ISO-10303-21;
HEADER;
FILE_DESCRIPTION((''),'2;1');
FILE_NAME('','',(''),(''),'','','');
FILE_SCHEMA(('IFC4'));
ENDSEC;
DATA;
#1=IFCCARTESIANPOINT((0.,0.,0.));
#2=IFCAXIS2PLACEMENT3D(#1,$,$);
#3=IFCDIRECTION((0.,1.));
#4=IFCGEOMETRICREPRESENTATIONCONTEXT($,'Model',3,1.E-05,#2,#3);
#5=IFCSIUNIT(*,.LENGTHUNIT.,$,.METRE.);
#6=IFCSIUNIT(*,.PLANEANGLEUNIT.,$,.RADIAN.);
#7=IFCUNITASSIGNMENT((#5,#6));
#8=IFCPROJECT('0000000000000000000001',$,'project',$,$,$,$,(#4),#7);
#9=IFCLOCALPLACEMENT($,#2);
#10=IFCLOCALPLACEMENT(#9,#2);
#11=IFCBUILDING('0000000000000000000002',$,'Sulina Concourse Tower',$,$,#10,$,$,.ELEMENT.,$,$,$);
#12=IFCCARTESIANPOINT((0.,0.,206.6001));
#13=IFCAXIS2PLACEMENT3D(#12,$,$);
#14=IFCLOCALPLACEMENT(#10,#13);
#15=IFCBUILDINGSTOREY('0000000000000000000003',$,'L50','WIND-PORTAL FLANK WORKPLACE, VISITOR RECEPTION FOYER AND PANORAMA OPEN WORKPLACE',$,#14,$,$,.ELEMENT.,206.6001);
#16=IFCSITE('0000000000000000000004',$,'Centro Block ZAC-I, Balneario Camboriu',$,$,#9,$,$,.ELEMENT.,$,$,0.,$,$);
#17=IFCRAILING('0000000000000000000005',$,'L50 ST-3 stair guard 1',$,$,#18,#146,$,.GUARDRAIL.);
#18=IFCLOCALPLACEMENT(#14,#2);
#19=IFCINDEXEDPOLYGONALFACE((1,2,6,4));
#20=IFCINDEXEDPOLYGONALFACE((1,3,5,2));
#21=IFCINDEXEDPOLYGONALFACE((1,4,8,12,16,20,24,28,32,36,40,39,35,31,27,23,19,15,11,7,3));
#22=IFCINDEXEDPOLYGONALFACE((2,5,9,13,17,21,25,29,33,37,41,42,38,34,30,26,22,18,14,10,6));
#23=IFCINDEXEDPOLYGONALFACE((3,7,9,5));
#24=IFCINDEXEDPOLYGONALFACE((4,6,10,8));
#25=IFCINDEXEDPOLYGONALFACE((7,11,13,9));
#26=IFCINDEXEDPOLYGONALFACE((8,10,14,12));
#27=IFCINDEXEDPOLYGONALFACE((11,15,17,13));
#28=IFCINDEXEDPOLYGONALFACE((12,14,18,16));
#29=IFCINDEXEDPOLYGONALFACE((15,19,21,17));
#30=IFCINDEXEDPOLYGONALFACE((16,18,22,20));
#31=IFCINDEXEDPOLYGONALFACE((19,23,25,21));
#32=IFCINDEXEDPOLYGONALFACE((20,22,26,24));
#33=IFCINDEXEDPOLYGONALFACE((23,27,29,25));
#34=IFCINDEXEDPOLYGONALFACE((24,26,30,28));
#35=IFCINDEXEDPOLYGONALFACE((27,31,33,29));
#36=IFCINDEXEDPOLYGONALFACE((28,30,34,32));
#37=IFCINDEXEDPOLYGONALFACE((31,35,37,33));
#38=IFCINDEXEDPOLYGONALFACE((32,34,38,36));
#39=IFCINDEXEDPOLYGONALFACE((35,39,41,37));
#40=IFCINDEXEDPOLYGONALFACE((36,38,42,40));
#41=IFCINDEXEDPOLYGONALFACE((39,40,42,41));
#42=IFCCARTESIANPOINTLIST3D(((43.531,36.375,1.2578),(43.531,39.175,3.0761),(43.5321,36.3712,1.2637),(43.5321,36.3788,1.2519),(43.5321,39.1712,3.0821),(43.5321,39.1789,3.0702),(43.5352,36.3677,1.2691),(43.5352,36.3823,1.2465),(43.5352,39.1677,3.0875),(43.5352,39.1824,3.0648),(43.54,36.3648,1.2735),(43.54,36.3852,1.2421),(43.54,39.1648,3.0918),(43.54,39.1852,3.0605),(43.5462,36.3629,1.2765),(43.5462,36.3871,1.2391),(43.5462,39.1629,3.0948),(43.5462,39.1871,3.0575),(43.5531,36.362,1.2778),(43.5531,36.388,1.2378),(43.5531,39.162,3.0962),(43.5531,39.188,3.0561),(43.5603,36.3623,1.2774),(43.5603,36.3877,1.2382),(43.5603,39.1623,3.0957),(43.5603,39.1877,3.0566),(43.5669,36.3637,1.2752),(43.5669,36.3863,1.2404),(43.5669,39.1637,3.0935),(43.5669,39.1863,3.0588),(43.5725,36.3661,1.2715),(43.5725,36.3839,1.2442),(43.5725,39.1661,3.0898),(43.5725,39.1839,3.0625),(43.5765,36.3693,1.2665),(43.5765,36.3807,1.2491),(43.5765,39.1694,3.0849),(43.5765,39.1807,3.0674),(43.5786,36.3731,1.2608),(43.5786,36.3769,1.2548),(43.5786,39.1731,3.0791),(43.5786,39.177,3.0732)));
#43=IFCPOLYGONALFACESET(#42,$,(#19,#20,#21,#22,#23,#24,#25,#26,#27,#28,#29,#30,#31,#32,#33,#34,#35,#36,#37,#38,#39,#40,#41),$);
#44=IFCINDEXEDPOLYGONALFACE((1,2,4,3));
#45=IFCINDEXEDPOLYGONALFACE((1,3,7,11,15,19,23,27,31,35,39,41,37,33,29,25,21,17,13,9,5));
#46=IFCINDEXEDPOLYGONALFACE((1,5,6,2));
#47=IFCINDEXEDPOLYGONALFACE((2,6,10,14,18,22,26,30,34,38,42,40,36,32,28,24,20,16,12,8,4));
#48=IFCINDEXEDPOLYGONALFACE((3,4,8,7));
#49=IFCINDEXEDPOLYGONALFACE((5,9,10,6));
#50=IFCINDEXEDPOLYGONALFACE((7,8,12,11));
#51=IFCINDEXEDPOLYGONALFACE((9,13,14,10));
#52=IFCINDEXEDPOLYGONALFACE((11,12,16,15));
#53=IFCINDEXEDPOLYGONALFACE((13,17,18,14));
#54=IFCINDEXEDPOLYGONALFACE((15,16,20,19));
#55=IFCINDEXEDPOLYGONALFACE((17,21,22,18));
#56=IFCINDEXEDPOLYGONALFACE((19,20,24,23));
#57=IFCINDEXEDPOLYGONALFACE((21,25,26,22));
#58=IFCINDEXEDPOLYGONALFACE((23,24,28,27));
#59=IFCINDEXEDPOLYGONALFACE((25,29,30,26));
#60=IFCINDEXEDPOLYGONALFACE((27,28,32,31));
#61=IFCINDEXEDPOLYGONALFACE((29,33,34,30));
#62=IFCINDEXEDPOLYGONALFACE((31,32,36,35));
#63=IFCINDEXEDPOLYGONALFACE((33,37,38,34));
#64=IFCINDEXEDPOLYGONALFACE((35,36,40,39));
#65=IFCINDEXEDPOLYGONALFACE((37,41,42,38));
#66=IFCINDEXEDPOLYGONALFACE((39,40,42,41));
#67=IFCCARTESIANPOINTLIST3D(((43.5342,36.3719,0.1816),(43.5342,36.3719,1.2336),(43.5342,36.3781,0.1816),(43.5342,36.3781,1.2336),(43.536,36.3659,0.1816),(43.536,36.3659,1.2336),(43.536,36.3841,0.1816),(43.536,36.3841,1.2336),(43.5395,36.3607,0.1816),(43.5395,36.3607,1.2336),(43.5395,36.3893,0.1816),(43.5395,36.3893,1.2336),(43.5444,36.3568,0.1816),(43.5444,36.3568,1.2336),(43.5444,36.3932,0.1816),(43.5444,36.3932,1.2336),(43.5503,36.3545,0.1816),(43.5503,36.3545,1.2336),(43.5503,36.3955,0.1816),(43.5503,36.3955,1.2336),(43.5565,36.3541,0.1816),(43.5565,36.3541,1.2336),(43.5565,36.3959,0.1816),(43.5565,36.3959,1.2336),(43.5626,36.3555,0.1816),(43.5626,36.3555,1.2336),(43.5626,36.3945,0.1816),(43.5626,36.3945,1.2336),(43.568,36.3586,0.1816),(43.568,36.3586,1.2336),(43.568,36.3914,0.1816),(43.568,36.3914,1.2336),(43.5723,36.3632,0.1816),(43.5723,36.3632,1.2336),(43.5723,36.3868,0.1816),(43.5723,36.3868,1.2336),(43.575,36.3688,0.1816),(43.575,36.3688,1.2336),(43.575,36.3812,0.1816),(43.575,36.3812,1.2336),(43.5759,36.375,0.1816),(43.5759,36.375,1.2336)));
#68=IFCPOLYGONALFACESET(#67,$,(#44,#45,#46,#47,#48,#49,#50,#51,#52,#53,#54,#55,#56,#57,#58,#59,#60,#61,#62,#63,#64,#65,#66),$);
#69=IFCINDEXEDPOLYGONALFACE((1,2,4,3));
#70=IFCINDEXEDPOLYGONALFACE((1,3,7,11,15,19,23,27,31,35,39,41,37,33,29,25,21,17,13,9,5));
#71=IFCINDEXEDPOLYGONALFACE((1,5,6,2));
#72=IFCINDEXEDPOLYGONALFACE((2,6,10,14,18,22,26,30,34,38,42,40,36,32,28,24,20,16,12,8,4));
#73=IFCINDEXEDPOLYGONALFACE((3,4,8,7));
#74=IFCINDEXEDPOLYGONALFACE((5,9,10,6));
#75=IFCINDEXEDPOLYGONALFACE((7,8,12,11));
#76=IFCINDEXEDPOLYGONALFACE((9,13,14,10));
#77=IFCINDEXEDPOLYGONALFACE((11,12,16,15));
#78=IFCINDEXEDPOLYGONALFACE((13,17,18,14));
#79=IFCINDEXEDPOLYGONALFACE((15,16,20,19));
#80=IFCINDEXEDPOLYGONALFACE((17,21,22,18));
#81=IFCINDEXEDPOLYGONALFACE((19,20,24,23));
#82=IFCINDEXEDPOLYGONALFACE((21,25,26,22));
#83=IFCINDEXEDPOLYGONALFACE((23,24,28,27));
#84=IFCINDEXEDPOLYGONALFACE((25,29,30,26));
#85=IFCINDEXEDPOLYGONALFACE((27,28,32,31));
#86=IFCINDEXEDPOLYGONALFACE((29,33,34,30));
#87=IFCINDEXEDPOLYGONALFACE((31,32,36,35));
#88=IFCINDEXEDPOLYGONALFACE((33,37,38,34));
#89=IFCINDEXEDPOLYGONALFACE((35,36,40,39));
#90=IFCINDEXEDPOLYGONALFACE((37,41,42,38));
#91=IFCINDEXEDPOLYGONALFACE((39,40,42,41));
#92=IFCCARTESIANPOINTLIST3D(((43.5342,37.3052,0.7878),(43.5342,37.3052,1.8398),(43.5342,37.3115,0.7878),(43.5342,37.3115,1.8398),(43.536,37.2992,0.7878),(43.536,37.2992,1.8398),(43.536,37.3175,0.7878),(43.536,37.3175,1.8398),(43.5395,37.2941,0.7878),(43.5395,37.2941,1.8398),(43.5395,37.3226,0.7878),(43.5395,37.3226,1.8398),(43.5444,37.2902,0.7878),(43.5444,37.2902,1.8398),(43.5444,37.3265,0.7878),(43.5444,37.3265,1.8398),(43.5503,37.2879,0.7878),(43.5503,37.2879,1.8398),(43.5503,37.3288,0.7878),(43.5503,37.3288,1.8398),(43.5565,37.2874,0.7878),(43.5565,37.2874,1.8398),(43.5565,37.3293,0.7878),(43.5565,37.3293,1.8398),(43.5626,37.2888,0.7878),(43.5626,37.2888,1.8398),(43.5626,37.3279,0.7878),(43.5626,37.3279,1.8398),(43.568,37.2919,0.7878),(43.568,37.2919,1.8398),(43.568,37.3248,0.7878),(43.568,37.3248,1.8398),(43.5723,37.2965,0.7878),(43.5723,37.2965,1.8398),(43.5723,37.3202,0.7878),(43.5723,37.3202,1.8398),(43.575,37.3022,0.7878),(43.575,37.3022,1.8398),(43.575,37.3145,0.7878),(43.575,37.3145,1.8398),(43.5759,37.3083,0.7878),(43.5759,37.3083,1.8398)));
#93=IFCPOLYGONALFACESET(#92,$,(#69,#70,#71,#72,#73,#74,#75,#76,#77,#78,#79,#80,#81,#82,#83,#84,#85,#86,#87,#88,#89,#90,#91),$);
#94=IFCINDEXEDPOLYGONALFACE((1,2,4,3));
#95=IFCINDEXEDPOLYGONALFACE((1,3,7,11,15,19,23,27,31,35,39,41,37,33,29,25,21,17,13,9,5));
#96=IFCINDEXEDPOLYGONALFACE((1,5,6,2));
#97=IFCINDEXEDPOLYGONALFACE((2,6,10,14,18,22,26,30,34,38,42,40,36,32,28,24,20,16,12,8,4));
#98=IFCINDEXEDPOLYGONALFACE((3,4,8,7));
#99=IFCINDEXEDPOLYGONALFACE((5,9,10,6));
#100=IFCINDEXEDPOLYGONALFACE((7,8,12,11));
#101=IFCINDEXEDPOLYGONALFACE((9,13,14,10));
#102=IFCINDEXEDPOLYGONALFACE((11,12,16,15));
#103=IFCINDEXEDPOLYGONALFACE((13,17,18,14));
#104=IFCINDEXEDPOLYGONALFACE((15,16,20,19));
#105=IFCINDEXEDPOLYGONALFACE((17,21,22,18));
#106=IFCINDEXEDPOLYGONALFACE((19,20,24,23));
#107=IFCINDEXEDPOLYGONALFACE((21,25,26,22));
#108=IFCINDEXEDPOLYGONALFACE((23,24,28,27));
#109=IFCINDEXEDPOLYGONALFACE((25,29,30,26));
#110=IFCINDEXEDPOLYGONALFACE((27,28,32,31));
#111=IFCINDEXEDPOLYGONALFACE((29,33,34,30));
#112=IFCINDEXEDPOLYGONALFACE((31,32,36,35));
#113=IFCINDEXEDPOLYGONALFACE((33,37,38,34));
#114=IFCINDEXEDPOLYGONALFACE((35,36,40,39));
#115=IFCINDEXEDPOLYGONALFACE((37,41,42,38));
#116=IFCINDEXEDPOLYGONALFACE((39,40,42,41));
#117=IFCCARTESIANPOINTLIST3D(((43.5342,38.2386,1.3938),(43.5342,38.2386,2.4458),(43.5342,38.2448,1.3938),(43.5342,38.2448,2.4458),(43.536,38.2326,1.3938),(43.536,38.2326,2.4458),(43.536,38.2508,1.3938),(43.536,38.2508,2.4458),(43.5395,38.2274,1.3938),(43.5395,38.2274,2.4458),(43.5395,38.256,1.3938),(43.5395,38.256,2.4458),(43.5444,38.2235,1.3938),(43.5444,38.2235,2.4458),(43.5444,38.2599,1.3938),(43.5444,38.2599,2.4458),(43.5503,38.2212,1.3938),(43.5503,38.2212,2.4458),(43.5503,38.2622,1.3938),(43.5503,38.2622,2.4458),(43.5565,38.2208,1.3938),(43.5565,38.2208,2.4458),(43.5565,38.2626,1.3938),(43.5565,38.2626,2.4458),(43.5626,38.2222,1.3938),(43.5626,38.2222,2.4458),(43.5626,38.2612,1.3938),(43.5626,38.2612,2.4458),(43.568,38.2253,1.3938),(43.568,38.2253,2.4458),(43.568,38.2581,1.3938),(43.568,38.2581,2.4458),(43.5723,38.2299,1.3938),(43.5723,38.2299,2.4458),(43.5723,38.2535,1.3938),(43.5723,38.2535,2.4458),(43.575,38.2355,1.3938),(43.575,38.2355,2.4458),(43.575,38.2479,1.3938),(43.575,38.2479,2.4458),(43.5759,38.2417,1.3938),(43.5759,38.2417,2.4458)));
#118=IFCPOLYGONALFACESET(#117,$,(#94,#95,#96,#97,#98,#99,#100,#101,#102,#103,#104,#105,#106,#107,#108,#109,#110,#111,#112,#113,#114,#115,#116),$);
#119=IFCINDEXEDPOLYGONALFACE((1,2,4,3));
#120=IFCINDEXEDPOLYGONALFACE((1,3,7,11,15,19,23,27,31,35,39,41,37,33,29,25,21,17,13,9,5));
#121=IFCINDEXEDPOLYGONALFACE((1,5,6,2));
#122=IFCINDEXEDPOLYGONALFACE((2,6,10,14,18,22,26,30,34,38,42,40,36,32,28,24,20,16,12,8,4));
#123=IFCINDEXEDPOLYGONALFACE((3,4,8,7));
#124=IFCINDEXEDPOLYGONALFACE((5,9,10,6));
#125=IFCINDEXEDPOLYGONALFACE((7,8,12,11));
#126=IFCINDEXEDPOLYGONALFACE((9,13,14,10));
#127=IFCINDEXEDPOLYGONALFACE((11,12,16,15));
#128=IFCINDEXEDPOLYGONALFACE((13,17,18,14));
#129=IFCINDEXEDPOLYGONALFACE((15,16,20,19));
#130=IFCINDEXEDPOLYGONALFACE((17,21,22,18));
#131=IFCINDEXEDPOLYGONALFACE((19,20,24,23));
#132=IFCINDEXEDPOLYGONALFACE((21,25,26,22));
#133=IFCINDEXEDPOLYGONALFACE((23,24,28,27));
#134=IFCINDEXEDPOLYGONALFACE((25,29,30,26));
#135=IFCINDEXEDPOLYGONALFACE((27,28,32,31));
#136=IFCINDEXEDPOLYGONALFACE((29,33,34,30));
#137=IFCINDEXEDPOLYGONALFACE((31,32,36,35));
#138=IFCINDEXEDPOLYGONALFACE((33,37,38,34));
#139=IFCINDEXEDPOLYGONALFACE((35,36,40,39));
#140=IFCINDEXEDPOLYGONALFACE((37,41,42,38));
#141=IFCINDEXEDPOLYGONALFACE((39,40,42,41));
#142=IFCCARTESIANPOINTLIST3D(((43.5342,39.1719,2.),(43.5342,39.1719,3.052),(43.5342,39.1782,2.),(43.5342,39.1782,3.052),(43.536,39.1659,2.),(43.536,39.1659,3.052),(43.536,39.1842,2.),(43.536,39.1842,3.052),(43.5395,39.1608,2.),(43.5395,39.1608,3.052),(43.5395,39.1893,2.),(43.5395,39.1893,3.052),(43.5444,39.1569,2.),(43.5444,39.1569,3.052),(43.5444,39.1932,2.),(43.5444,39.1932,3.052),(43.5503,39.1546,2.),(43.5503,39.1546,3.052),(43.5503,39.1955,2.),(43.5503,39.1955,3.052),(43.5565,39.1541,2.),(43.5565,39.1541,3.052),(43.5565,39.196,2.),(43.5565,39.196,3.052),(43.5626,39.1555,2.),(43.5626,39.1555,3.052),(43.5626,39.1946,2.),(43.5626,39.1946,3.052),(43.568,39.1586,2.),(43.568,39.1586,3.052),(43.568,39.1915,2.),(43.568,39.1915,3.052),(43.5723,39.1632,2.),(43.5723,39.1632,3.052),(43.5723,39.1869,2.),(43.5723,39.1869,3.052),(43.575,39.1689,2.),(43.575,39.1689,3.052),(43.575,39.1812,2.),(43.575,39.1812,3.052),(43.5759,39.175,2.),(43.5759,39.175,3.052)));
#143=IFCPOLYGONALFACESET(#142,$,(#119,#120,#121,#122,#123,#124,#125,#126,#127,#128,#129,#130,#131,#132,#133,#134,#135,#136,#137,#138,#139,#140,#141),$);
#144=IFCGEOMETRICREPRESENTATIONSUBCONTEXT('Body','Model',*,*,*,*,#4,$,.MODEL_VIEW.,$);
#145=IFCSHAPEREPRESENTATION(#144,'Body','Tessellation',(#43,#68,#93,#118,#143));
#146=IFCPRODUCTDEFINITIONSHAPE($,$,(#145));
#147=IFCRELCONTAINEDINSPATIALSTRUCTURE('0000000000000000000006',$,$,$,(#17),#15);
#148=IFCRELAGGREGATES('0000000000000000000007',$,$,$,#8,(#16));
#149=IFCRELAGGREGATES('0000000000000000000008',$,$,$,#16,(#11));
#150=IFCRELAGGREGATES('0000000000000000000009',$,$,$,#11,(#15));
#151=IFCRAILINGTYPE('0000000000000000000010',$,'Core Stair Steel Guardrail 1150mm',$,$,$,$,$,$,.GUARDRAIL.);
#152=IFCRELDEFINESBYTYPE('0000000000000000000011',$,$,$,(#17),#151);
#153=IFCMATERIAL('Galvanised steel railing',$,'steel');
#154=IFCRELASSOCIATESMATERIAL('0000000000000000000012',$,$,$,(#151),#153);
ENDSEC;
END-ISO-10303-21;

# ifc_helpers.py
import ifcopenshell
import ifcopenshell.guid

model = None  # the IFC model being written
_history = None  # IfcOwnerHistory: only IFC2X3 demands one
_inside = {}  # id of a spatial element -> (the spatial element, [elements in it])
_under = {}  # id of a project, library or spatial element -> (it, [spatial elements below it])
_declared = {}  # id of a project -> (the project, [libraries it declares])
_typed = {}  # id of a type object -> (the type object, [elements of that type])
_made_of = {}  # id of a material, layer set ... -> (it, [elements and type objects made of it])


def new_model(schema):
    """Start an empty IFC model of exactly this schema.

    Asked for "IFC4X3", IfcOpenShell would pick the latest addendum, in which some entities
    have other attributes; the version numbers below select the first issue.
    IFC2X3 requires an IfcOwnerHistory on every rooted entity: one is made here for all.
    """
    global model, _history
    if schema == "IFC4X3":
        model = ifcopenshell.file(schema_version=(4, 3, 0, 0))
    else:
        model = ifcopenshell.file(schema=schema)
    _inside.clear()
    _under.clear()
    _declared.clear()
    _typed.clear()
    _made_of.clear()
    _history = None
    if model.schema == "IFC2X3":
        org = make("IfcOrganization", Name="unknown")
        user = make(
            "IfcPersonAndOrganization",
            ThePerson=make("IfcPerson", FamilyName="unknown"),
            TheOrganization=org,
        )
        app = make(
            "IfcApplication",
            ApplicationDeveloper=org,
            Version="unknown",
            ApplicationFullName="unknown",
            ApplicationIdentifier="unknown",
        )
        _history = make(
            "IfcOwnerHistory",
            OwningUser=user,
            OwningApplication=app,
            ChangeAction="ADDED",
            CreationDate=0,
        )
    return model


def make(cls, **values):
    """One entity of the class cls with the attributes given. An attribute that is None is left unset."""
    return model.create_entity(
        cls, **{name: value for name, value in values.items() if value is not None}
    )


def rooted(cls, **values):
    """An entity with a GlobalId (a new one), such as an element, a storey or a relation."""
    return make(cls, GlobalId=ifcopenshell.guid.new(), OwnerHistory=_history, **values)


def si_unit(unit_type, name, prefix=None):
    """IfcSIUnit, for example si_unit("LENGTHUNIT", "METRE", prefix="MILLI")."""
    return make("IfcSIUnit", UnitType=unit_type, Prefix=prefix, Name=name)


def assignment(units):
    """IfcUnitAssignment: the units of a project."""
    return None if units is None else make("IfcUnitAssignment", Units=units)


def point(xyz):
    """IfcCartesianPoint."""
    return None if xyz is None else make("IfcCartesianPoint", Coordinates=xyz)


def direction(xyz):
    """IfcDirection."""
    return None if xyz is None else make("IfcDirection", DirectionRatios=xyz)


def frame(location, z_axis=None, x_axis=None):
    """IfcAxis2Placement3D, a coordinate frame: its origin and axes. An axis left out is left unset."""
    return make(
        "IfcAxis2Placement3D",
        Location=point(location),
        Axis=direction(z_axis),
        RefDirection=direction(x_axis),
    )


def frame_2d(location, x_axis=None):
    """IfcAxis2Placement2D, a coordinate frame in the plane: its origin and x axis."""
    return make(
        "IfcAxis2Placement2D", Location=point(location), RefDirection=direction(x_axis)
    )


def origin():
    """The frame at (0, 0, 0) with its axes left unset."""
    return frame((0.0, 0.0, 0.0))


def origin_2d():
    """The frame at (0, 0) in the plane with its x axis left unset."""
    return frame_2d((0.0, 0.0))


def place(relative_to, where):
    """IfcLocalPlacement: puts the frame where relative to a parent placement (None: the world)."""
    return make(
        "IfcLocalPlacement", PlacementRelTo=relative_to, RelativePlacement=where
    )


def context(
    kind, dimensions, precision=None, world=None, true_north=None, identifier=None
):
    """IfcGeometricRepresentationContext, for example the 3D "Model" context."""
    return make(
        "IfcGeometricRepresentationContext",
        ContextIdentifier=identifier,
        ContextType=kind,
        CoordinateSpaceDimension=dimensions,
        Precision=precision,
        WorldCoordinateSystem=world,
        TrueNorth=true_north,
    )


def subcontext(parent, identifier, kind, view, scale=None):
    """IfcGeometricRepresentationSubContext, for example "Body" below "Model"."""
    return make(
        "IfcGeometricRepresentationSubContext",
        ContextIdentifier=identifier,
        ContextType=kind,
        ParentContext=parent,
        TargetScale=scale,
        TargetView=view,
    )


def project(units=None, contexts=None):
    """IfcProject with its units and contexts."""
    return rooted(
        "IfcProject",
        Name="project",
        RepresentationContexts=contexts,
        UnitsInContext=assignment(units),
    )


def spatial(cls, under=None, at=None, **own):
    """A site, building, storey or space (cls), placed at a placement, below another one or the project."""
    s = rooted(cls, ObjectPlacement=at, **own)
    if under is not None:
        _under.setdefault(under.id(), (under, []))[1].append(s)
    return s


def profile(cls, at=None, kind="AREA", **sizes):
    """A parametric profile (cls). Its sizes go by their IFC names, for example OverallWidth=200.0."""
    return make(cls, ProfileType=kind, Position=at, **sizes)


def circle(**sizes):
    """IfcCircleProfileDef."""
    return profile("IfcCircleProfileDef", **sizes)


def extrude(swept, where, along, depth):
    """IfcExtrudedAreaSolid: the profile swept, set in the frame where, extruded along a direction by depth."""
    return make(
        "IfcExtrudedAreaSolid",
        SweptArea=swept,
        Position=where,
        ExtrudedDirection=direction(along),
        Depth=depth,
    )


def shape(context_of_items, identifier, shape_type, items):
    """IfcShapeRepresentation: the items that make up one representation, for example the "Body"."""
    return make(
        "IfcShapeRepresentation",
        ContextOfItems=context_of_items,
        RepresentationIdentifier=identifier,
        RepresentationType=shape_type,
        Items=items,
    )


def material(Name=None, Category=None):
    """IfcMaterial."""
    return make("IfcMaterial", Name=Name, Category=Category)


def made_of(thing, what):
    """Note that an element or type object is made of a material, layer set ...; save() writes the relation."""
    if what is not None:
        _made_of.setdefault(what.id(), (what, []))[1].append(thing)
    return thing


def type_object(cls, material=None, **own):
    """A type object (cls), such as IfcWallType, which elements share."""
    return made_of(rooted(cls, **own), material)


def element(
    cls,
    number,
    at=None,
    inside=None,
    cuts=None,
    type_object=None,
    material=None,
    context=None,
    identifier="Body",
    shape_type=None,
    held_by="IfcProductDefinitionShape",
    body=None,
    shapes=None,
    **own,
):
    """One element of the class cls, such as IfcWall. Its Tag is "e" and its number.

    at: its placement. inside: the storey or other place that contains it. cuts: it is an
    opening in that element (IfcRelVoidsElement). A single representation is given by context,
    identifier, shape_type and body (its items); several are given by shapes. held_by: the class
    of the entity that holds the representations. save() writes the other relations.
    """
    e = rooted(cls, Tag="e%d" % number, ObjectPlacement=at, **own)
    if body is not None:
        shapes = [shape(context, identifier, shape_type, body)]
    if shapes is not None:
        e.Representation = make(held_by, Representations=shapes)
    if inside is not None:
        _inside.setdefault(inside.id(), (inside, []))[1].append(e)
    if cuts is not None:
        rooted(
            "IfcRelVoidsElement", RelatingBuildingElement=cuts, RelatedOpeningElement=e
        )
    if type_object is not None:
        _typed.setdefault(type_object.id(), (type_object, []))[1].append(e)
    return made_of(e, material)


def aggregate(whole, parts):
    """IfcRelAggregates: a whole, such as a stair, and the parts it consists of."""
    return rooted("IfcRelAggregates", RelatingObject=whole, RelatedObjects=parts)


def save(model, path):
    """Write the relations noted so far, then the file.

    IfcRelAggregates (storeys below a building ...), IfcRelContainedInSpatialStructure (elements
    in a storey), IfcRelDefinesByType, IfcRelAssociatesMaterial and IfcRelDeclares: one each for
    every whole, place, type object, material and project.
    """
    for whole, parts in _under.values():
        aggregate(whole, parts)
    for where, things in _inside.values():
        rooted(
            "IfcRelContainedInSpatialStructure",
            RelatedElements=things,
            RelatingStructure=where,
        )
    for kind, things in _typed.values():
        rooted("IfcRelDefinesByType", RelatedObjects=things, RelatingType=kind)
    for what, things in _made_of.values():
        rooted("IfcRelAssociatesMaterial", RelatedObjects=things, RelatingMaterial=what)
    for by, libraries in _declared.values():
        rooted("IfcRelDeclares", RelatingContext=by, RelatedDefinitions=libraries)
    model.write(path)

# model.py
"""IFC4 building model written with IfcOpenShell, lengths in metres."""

from ifc_helpers import new_model, si_unit, direction, frame, origin, origin_2d, place, context, subcontext, project, spatial, circle, extrude, material, type_object, element, save


model = new_model("IFC4")

# Units and contexts
model_context = context("Model", 3, precision=1e-05, world=origin(), true_north=direction((0.0, 1.0)))
body_context = subcontext(model_context, "Body", "Model", "MODEL_VIEW")
ifc_project = project(units=[si_unit("LENGTHUNIT", "METRE"), si_unit("PLANEANGLEUNIT", "RADIAN")], contexts=[model_context])

# Site, building, storey
site_placement = place(None, origin())
site = spatial("IfcSite", under=ifc_project, at=site_placement, Name="Centro Block ZAC-I, Balneario Camboriu", CompositionType="ELEMENT", RefElevation=0.0)
building_placement = place(site_placement, origin())
building = spatial("IfcBuilding", under=site, at=building_placement, Name="Sulina Concourse Tower", CompositionType="ELEMENT")
storey_placement = place(building_placement, frame((0.0, 0.0, 206.6001)))
storey = spatial("IfcBuildingStorey", under=building, at=storey_placement, Name="L50", Description="WIND-PORTAL FLANK WORKPLACE, VISITOR RECEPTION FOYER AND PANORAMA OPEN WORKPLACE", CompositionType="ELEMENT", Elevation=206.6001)

# Railing
ifc_material_1 = material(Name="Galvanised steel railing", Category="steel")
railing_type_1 = type_object("IfcRailingType", Name="Core Stair Steel Guardrail 1150mm", PredefinedType="GUARDRAIL", material=ifc_material_1)
railing_1_placement = place(storey_placement, frame((43.5549, 36.375, 0.1816)))
element("IfcRailing", 1, at=railing_1_placement, inside=storey, type_object=railing_type_1, Name="L50 ST-3 stair guard 1", PredefinedType="GUARDRAIL", context=body_context, shape_type="SweptSolid", body=[
    extrude(circle(Radius=0.0239, at=origin_2d()), frame((0.0, 0.0, 1.0762), z_axis=(0.0, 0.838672, 0.544636), x_axis=(-1.0, 0.0, 0.0)), (0.0, 0.0, 1.0), 3.3386),
    extrude(circle(Radius=0.021, at=origin_2d()), origin(), (0.0, 0.0, 1.0), 1.052),
    extrude(circle(Radius=0.021, at=origin_2d()), frame((0.0, 0.9333, 0.6062)), (0.0, 0.0, 1.0), 1.052),
    extrude(circle(Radius=0.021, at=origin_2d()), frame((0.0, 1.8667, 1.2122)), (0.0, 0.0, 1.0), 1.052),
    extrude(circle(Radius=0.021, at=origin_2d()), frame((0.0, 2.8, 1.8184)), (0.0, 0.0, 1.0), 1.052),
])

save(model, "model.ifc")
